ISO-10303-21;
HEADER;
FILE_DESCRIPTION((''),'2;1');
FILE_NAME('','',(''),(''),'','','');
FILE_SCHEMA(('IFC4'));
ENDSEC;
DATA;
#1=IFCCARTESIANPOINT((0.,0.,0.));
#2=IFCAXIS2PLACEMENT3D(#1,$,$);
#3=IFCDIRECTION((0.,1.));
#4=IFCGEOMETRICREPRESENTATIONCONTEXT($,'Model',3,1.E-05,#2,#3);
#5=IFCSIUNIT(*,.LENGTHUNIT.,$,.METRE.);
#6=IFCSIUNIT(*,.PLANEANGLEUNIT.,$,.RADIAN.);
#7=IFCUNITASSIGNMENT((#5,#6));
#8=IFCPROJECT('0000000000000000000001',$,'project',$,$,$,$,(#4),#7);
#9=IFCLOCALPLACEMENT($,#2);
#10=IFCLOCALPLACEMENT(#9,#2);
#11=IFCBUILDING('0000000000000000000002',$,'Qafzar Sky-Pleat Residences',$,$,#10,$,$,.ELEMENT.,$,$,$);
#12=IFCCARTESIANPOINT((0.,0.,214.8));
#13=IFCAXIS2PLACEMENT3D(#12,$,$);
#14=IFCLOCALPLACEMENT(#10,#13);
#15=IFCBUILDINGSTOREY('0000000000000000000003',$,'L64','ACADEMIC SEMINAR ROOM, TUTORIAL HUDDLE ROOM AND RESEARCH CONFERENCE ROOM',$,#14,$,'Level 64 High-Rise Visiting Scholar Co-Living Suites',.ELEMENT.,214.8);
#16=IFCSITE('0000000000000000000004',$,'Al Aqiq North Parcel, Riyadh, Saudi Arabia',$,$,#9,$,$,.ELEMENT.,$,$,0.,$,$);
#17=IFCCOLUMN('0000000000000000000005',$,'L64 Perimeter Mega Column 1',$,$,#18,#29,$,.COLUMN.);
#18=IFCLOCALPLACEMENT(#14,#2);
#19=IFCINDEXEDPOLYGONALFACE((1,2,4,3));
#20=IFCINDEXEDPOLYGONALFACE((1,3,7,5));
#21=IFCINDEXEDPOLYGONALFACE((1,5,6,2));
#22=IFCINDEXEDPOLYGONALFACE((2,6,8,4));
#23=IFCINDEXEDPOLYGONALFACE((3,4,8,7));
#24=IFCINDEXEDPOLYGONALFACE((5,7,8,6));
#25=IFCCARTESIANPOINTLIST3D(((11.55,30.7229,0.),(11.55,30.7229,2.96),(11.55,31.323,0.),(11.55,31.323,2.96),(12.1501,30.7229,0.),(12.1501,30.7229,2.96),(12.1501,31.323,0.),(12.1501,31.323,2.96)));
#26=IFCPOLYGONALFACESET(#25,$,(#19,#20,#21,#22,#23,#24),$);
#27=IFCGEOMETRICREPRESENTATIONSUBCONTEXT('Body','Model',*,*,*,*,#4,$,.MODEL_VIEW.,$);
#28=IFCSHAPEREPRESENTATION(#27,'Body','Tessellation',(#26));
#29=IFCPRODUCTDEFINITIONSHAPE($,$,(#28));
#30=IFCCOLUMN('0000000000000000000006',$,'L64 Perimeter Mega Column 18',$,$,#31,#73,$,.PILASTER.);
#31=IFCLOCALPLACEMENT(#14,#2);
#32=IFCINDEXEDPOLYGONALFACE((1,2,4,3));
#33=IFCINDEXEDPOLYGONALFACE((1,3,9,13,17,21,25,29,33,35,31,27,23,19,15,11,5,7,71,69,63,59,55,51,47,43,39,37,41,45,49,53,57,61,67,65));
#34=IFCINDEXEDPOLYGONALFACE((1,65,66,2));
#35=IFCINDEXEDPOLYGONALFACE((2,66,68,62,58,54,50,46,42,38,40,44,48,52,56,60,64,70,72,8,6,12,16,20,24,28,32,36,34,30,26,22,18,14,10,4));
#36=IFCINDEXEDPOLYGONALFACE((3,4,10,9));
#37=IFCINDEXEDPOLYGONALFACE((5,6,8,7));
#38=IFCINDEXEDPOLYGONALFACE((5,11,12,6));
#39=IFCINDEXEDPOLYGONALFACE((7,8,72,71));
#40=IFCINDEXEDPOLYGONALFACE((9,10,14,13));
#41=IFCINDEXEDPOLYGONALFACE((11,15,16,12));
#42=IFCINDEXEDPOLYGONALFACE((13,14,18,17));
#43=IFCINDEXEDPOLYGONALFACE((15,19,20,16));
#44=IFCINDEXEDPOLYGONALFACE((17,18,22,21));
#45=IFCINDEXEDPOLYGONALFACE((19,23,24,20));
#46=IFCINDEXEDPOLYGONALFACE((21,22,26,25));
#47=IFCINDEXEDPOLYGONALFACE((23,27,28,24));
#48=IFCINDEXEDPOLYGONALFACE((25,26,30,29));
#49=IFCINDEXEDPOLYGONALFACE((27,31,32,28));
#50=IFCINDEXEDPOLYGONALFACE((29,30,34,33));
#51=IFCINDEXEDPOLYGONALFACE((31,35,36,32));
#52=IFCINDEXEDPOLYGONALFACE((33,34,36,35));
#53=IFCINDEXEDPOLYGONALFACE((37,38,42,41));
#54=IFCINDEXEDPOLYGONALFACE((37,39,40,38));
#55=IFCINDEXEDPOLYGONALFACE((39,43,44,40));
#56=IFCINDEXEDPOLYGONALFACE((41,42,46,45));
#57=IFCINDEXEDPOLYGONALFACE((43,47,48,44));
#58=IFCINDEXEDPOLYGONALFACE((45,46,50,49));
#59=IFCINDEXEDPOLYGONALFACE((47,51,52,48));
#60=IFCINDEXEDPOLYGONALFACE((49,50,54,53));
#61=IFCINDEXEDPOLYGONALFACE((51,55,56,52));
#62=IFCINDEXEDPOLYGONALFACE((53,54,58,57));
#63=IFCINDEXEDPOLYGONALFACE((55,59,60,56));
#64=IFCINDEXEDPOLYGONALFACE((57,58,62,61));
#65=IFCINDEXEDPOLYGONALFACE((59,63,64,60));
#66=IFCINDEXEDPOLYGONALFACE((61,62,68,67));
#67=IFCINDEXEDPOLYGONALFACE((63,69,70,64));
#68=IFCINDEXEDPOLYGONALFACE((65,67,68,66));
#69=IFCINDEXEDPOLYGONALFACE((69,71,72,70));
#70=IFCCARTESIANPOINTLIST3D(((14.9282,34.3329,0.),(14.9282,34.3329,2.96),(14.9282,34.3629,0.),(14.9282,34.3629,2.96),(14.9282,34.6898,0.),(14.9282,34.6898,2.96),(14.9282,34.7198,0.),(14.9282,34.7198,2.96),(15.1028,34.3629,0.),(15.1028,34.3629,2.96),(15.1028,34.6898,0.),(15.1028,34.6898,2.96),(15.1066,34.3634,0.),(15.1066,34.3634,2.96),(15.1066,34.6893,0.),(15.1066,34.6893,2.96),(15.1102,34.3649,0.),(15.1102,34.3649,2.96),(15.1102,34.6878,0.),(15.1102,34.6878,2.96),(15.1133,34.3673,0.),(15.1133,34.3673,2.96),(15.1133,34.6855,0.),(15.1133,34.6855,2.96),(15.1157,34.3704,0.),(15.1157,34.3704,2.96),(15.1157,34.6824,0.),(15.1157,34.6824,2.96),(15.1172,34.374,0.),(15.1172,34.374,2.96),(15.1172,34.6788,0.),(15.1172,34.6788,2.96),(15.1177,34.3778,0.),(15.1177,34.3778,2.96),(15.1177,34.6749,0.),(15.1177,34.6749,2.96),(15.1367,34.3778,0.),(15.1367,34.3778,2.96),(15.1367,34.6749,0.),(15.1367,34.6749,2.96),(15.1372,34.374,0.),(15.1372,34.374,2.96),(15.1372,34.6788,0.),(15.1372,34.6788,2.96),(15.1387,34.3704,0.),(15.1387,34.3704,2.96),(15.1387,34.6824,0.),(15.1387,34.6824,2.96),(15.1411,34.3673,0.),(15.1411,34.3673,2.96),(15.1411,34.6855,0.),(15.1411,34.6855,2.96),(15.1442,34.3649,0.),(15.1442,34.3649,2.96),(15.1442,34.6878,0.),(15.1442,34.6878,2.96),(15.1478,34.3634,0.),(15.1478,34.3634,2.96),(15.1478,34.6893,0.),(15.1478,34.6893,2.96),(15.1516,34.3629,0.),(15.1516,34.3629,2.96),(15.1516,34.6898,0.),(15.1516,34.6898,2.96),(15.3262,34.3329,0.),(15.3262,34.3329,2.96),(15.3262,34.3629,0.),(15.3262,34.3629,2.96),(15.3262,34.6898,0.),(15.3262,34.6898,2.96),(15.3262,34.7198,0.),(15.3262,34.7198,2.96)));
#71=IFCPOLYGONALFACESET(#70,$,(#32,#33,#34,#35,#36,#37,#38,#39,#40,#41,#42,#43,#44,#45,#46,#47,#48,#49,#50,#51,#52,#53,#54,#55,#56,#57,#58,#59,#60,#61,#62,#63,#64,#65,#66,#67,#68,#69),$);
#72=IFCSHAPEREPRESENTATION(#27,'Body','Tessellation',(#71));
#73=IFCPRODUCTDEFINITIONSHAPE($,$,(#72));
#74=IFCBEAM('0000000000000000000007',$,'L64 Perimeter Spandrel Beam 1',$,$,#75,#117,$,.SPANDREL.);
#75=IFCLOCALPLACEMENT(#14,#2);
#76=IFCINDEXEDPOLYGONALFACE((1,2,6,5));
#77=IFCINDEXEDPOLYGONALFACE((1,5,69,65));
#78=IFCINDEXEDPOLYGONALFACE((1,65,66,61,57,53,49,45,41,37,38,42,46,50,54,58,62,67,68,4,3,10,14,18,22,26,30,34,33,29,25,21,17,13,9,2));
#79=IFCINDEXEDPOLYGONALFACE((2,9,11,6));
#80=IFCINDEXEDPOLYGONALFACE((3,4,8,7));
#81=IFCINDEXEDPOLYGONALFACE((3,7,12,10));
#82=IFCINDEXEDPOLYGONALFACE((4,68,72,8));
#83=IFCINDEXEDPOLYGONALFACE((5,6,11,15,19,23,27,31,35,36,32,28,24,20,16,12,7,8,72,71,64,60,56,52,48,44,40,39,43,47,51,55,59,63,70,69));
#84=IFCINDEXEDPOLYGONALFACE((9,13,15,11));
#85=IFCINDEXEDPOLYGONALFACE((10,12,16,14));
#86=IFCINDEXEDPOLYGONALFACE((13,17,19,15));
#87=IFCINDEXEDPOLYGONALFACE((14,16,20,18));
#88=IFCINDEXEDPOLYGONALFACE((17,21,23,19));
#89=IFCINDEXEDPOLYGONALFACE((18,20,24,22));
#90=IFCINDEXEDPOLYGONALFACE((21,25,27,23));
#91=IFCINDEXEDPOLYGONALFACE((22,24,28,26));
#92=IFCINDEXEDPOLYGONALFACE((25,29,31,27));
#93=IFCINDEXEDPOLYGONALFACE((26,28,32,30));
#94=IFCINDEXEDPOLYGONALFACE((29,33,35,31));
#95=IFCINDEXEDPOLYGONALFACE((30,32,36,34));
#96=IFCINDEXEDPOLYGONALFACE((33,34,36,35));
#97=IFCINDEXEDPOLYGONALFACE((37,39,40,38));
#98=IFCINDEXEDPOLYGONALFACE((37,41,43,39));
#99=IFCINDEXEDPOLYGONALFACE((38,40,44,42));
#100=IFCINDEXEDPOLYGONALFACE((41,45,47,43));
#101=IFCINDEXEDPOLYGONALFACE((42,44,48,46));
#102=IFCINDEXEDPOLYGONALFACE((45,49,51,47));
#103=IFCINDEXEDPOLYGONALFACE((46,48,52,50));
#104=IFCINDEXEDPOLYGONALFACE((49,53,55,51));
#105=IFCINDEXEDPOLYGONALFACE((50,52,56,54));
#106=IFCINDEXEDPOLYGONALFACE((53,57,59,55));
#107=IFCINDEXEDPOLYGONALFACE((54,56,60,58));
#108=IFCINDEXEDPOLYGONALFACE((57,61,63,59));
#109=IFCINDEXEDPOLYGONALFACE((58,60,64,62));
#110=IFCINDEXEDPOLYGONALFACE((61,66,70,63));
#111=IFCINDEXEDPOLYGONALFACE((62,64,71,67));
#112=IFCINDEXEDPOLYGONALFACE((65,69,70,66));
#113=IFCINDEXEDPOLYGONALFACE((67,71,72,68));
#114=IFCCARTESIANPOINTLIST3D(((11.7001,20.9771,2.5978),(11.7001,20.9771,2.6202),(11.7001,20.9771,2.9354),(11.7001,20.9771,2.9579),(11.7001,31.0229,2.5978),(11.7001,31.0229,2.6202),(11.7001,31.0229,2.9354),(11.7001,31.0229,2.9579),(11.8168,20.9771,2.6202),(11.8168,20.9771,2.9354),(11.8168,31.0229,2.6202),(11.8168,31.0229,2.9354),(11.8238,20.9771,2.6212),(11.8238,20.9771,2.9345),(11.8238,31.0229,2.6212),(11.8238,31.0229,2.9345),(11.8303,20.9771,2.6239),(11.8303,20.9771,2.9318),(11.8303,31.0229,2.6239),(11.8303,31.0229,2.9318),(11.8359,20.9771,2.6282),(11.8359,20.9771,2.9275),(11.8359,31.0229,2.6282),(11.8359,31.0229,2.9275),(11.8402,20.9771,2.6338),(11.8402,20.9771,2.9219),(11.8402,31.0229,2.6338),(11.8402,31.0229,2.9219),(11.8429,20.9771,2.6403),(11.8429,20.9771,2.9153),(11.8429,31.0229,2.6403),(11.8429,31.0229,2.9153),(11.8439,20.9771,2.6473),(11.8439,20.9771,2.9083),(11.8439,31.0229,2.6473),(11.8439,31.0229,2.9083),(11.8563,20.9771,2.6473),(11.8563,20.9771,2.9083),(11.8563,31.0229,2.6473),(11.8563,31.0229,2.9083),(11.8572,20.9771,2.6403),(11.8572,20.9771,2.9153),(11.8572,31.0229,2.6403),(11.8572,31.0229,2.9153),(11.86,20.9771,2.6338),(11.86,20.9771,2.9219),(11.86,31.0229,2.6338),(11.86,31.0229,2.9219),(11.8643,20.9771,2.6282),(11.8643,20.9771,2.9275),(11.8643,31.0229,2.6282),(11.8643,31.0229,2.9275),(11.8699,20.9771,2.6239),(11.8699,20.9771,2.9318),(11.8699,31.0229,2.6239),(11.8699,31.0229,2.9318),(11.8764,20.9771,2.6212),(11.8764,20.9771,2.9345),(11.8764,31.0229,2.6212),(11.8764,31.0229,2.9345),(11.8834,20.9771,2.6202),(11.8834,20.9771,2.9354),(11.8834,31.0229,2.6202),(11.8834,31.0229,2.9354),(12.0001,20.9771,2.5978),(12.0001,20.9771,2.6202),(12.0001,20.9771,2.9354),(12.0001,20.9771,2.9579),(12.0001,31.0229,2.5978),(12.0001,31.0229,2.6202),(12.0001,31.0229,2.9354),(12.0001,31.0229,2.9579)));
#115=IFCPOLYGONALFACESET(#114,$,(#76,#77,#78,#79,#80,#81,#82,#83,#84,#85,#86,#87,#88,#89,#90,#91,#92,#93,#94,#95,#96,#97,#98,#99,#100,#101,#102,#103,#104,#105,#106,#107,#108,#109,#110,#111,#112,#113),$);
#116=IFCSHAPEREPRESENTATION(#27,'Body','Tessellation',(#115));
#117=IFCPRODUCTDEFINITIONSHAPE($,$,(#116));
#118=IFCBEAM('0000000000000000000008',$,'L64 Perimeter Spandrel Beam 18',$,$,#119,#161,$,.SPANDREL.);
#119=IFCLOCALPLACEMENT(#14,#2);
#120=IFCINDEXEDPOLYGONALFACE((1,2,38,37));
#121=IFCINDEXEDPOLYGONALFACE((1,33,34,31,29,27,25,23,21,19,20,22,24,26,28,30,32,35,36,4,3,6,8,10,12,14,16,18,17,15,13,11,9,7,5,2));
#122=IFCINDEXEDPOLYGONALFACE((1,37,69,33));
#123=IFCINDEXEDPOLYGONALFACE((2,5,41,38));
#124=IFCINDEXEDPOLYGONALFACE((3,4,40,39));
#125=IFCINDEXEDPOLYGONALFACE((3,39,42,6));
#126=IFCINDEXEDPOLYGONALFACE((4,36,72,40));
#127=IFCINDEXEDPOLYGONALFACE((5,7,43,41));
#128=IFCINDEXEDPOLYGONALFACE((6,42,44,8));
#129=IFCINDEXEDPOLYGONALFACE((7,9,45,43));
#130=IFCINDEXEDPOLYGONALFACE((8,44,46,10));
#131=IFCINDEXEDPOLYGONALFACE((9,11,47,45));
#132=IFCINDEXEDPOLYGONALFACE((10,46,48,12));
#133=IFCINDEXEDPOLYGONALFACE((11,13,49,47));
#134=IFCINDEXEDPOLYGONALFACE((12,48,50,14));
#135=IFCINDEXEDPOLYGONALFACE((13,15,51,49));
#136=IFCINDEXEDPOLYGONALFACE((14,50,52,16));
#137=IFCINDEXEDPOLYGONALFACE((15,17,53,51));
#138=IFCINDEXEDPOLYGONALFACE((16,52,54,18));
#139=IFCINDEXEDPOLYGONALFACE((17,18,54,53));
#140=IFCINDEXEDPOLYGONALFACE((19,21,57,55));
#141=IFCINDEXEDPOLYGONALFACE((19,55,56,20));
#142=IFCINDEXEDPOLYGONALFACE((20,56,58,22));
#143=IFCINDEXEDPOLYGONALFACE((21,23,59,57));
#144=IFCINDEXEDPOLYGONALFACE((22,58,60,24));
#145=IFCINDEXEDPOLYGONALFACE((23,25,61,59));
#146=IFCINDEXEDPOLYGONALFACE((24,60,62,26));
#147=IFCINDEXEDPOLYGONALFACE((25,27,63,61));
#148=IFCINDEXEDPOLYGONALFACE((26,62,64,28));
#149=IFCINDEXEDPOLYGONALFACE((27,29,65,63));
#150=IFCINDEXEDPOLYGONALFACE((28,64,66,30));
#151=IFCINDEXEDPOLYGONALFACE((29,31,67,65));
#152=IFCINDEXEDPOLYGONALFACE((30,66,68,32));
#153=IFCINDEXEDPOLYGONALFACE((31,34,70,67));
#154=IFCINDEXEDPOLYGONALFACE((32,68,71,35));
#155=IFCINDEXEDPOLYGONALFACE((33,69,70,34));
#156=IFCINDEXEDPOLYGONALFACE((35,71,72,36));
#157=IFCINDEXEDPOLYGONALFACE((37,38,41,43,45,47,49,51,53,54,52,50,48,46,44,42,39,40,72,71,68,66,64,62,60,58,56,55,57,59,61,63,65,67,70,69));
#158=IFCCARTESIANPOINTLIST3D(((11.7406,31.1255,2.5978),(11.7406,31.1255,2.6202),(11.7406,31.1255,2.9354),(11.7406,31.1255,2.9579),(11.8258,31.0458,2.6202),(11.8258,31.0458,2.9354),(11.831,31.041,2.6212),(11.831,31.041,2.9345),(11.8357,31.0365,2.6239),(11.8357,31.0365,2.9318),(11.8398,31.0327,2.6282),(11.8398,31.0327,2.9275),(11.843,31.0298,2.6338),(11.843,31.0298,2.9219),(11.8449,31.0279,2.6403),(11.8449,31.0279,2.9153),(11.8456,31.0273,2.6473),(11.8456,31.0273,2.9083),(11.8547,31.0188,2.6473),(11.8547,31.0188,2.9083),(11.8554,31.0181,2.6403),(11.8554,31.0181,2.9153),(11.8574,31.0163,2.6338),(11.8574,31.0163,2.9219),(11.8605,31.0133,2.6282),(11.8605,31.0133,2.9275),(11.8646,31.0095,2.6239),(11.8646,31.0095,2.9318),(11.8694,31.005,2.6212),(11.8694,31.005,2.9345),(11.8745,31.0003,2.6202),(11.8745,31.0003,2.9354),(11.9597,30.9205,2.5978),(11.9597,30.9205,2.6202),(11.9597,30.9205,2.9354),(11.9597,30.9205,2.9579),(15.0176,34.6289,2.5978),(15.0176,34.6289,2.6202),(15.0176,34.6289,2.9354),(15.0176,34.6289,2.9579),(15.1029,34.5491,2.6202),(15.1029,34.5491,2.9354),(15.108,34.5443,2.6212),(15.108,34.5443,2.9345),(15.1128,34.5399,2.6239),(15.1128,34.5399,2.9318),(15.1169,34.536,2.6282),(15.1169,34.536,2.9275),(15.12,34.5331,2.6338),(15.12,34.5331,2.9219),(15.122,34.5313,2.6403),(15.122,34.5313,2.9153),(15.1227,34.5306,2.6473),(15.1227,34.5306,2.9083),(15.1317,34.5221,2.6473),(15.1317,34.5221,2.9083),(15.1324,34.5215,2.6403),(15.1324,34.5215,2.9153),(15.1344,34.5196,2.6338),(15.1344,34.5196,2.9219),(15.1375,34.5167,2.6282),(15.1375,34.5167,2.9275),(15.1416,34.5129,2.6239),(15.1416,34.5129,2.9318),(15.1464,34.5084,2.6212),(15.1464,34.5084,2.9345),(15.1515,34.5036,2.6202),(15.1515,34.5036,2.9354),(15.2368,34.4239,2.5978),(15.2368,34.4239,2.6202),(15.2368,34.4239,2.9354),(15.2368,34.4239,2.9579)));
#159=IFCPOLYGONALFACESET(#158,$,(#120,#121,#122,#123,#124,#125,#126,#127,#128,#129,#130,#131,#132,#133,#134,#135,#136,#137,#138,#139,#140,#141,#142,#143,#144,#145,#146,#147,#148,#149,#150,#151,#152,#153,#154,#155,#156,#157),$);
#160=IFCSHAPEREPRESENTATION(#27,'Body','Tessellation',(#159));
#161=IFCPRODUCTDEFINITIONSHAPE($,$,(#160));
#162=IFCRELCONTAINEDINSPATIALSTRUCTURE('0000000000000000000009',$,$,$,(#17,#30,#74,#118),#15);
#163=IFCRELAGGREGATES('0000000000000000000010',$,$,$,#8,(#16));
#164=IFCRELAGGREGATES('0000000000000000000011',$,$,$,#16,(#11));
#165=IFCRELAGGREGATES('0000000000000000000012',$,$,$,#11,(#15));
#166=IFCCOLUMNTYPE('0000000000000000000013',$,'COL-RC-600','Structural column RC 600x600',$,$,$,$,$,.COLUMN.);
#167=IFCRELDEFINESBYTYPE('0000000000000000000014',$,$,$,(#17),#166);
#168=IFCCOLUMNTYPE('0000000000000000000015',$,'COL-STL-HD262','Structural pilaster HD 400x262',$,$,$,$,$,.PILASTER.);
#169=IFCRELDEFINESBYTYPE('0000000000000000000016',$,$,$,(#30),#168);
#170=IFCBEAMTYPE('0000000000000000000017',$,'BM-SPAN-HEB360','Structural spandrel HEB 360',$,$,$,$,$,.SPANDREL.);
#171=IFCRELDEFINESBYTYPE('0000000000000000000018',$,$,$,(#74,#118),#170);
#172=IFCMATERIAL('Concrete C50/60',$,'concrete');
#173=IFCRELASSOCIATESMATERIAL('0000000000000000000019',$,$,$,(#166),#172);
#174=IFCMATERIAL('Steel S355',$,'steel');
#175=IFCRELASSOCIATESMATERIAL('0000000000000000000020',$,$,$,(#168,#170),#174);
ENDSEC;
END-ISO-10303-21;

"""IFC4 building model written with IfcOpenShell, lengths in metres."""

from ifc_helpers import new_model, si_unit, direction, frame, origin, origin_2d, place, context, subcontext, project, spatial, rectangle, i_section, extrude, source, transform, mapped, material, material_profile, profile_set, type_object, element, save


model = new_model("IFC4")

# Units and contexts
model_context = context("Model", 3, precision=1e-05, world=origin(), true_north=direction((0.0, 1.0)))
body_context = subcontext(model_context, "Body", "Model", "MODEL_VIEW")
ifc_project = project(units=[si_unit("LENGTHUNIT", "METRE"), si_unit("PLANEANGLEUNIT", "RADIAN")], contexts=[model_context])

# Site, building, storey
site_placement = place(None, origin())
site = spatial("IfcSite", under=ifc_project, at=site_placement, Name="Al Aqiq North Parcel, Riyadh, Saudi Arabia", CompositionType="ELEMENT", RefElevation=0.0)
building_placement = place(site_placement, origin())
building = spatial("IfcBuilding", under=site, at=building_placement, Name="Qafzar Sky-Pleat Residences", CompositionType="ELEMENT")
storey_placement = place(building_placement, frame((0.0, 0.0, 214.8)))
storey = spatial("IfcBuildingStorey", under=building, at=storey_placement, Name="L64", Description="ACADEMIC SEMINAR ROOM, TUTORIAL HUDDLE ROOM AND RESEARCH CONFERENCE ROOM", LongName="Level 64 High-Rise Visiting Scholar Co-Living Suites", CompositionType="ELEMENT", Elevation=214.8)

# Columns
ifc_material_1 = material(Name="Concrete C50/60", Category="concrete")
ifc_material_profile_1 = material_profile(ifc_material_1, rectangle(XDim=0.6001, YDim=0.6001, at=origin_2d()), Name="RC 600x600")
ifc_profile_set_1 = profile_set([ifc_material_profile_1], Name="Concrete C50/60")
column_type_1 = type_object("IfcColumnType", Name="COL-RC-600", Description="Structural column RC 600x600", PredefinedType="COLUMN", material=ifc_profile_set_1)
shared_shape_1 = source(origin(), body_context, "Body", "SweptSolid", [
    extrude(rectangle(XDim=0.6001, YDim=0.6001, at=origin_2d()), origin(), (0.0, 0.0, 1.0), 2.96),
])
column_1_placement = place(storey_placement, frame((11.8501, 31.0229, 0.0), z_axis=(0.0, 0.0, 1.0), x_axis=(1.0, 0.0, 0.0)))
element("IfcColumn", 1, at=column_1_placement, inside=storey, type_object=column_type_1, Name="L64 Perimeter Mega Column 1", PredefinedType="COLUMN", context=body_context, shape_type="MappedRepresentation", body=[
    mapped(shared_shape_1, transform((0.0, 0.0, 0.0), x_axis=(1.0, 0.0, 0.0), y_axis=(0.0, 1.0, 0.0), z_axis=(0.0, 0.0, 1.0), scale=1.0)),
])
ifc_material_2 = material(Name="Steel S355", Category="steel")
ifc_material_profile_2 = material_profile(ifc_material_2, i_section(OverallWidth=0.3979, OverallDepth=0.387, WebThickness=0.019, FlangeThickness=0.03, FilletRadius=0.0149, at=origin_2d()), Name="HD 400x262")
ifc_profile_set_2 = profile_set([ifc_material_profile_2], Name="Steel S355")
column_type_2 = type_object("IfcColumnType", Name="COL-STL-HD262", Description="Structural pilaster HD 400x262", PredefinedType="PILASTER", material=ifc_profile_set_2)
shared_shape_2 = source(origin(), body_context, "Body", "SweptSolid", [
    extrude(i_section(OverallWidth=0.3979, OverallDepth=0.387, WebThickness=0.019, FlangeThickness=0.03, FilletRadius=0.0149, at=origin_2d()), origin(), (0.0, 0.0, 1.0), 2.96),
])
column_2_placement = place(storey_placement, frame((15.1272, 34.5264, 0.0), z_axis=(0.0, 0.0, 1.0), x_axis=(1.0, 0.0, 0.0)))
element("IfcColumn", 2, at=column_2_placement, inside=storey, type_object=column_type_2, Name="L64 Perimeter Mega Column 18", PredefinedType="PILASTER", context=body_context, shape_type="MappedRepresentation", body=[
    mapped(shared_shape_2, transform((0.0, 0.0, 0.0), x_axis=(1.0, 0.0, 0.0), y_axis=(0.0, 1.0, 0.0), z_axis=(0.0, 0.0, 1.0), scale=1.0)),
])

# Beams
ifc_material_profile_3 = material_profile(ifc_material_2, i_section(OverallWidth=0.3, OverallDepth=0.3601, WebThickness=0.0125, FlangeThickness=0.0225, FilletRadius=0.0271, at=origin_2d()), Name="HEB 360")
ifc_profile_set_3 = profile_set([ifc_material_profile_3], Name="Steel S355")
beam_type_1 = type_object("IfcBeamType", Name="BM-SPAN-HEB360", Description="Structural spandrel HEB 360", PredefinedType="SPANDREL", material=ifc_profile_set_3)
shared_shape_3 = source(origin(), body_context, "Body", "SweptSolid", [
    extrude(i_section(OverallWidth=0.3, OverallDepth=0.3601, WebThickness=0.0125, FlangeThickness=0.0225, FilletRadius=0.0271, at=origin_2d()), origin(), (0.0, 0.0, 1.0), 10.0459),
])
beam_1_placement = place(storey_placement, frame((11.8501, 31.0229, 2.7778), z_axis=(0.0, -1.0, 0.0), x_axis=(1.0, 0.0, 0.0)))
element("IfcBeam", 3, at=beam_1_placement, inside=storey, type_object=beam_type_1, Name="L64 Perimeter Spandrel Beam 1", PredefinedType="SPANDREL", context=body_context, shape_type="MappedRepresentation", body=[
    mapped(shared_shape_3, transform((0.0, 0.0, 0.0), x_axis=(1.0, 0.0, 0.0), y_axis=(0.0, 1.0, 0.0), z_axis=(0.0, 0.0, 1.0), scale=1.0)),
])
shared_shape_4 = source(origin(), body_context, "Body", "SweptSolid", [
    extrude(i_section(OverallWidth=0.3, OverallDepth=0.3601, WebThickness=0.0125, FlangeThickness=0.0225, FilletRadius=0.0271, at=origin_2d()), origin(), (0.0, 0.0, 1.0), 4.7971),
])
beam_2_placement = place(storey_placement, frame((15.1272, 34.5264, 2.7778), z_axis=(-0.683125, -0.730302, 0.0), x_axis=(0.730302, -0.683125, 0.0)))
element("IfcBeam", 4, at=beam_2_placement, inside=storey, type_object=beam_type_1, Name="L64 Perimeter Spandrel Beam 18", PredefinedType="SPANDREL", context=body_context, shape_type="MappedRepresentation", body=[
    mapped(shared_shape_4, transform((0.0, 0.0, 0.0), x_axis=(1.0, 0.0, 0.0), y_axis=(0.0, 1.0, 0.0), z_axis=(0.0, 0.0, 1.0), scale=1.0)),
])

save(model, "model.ifc")
